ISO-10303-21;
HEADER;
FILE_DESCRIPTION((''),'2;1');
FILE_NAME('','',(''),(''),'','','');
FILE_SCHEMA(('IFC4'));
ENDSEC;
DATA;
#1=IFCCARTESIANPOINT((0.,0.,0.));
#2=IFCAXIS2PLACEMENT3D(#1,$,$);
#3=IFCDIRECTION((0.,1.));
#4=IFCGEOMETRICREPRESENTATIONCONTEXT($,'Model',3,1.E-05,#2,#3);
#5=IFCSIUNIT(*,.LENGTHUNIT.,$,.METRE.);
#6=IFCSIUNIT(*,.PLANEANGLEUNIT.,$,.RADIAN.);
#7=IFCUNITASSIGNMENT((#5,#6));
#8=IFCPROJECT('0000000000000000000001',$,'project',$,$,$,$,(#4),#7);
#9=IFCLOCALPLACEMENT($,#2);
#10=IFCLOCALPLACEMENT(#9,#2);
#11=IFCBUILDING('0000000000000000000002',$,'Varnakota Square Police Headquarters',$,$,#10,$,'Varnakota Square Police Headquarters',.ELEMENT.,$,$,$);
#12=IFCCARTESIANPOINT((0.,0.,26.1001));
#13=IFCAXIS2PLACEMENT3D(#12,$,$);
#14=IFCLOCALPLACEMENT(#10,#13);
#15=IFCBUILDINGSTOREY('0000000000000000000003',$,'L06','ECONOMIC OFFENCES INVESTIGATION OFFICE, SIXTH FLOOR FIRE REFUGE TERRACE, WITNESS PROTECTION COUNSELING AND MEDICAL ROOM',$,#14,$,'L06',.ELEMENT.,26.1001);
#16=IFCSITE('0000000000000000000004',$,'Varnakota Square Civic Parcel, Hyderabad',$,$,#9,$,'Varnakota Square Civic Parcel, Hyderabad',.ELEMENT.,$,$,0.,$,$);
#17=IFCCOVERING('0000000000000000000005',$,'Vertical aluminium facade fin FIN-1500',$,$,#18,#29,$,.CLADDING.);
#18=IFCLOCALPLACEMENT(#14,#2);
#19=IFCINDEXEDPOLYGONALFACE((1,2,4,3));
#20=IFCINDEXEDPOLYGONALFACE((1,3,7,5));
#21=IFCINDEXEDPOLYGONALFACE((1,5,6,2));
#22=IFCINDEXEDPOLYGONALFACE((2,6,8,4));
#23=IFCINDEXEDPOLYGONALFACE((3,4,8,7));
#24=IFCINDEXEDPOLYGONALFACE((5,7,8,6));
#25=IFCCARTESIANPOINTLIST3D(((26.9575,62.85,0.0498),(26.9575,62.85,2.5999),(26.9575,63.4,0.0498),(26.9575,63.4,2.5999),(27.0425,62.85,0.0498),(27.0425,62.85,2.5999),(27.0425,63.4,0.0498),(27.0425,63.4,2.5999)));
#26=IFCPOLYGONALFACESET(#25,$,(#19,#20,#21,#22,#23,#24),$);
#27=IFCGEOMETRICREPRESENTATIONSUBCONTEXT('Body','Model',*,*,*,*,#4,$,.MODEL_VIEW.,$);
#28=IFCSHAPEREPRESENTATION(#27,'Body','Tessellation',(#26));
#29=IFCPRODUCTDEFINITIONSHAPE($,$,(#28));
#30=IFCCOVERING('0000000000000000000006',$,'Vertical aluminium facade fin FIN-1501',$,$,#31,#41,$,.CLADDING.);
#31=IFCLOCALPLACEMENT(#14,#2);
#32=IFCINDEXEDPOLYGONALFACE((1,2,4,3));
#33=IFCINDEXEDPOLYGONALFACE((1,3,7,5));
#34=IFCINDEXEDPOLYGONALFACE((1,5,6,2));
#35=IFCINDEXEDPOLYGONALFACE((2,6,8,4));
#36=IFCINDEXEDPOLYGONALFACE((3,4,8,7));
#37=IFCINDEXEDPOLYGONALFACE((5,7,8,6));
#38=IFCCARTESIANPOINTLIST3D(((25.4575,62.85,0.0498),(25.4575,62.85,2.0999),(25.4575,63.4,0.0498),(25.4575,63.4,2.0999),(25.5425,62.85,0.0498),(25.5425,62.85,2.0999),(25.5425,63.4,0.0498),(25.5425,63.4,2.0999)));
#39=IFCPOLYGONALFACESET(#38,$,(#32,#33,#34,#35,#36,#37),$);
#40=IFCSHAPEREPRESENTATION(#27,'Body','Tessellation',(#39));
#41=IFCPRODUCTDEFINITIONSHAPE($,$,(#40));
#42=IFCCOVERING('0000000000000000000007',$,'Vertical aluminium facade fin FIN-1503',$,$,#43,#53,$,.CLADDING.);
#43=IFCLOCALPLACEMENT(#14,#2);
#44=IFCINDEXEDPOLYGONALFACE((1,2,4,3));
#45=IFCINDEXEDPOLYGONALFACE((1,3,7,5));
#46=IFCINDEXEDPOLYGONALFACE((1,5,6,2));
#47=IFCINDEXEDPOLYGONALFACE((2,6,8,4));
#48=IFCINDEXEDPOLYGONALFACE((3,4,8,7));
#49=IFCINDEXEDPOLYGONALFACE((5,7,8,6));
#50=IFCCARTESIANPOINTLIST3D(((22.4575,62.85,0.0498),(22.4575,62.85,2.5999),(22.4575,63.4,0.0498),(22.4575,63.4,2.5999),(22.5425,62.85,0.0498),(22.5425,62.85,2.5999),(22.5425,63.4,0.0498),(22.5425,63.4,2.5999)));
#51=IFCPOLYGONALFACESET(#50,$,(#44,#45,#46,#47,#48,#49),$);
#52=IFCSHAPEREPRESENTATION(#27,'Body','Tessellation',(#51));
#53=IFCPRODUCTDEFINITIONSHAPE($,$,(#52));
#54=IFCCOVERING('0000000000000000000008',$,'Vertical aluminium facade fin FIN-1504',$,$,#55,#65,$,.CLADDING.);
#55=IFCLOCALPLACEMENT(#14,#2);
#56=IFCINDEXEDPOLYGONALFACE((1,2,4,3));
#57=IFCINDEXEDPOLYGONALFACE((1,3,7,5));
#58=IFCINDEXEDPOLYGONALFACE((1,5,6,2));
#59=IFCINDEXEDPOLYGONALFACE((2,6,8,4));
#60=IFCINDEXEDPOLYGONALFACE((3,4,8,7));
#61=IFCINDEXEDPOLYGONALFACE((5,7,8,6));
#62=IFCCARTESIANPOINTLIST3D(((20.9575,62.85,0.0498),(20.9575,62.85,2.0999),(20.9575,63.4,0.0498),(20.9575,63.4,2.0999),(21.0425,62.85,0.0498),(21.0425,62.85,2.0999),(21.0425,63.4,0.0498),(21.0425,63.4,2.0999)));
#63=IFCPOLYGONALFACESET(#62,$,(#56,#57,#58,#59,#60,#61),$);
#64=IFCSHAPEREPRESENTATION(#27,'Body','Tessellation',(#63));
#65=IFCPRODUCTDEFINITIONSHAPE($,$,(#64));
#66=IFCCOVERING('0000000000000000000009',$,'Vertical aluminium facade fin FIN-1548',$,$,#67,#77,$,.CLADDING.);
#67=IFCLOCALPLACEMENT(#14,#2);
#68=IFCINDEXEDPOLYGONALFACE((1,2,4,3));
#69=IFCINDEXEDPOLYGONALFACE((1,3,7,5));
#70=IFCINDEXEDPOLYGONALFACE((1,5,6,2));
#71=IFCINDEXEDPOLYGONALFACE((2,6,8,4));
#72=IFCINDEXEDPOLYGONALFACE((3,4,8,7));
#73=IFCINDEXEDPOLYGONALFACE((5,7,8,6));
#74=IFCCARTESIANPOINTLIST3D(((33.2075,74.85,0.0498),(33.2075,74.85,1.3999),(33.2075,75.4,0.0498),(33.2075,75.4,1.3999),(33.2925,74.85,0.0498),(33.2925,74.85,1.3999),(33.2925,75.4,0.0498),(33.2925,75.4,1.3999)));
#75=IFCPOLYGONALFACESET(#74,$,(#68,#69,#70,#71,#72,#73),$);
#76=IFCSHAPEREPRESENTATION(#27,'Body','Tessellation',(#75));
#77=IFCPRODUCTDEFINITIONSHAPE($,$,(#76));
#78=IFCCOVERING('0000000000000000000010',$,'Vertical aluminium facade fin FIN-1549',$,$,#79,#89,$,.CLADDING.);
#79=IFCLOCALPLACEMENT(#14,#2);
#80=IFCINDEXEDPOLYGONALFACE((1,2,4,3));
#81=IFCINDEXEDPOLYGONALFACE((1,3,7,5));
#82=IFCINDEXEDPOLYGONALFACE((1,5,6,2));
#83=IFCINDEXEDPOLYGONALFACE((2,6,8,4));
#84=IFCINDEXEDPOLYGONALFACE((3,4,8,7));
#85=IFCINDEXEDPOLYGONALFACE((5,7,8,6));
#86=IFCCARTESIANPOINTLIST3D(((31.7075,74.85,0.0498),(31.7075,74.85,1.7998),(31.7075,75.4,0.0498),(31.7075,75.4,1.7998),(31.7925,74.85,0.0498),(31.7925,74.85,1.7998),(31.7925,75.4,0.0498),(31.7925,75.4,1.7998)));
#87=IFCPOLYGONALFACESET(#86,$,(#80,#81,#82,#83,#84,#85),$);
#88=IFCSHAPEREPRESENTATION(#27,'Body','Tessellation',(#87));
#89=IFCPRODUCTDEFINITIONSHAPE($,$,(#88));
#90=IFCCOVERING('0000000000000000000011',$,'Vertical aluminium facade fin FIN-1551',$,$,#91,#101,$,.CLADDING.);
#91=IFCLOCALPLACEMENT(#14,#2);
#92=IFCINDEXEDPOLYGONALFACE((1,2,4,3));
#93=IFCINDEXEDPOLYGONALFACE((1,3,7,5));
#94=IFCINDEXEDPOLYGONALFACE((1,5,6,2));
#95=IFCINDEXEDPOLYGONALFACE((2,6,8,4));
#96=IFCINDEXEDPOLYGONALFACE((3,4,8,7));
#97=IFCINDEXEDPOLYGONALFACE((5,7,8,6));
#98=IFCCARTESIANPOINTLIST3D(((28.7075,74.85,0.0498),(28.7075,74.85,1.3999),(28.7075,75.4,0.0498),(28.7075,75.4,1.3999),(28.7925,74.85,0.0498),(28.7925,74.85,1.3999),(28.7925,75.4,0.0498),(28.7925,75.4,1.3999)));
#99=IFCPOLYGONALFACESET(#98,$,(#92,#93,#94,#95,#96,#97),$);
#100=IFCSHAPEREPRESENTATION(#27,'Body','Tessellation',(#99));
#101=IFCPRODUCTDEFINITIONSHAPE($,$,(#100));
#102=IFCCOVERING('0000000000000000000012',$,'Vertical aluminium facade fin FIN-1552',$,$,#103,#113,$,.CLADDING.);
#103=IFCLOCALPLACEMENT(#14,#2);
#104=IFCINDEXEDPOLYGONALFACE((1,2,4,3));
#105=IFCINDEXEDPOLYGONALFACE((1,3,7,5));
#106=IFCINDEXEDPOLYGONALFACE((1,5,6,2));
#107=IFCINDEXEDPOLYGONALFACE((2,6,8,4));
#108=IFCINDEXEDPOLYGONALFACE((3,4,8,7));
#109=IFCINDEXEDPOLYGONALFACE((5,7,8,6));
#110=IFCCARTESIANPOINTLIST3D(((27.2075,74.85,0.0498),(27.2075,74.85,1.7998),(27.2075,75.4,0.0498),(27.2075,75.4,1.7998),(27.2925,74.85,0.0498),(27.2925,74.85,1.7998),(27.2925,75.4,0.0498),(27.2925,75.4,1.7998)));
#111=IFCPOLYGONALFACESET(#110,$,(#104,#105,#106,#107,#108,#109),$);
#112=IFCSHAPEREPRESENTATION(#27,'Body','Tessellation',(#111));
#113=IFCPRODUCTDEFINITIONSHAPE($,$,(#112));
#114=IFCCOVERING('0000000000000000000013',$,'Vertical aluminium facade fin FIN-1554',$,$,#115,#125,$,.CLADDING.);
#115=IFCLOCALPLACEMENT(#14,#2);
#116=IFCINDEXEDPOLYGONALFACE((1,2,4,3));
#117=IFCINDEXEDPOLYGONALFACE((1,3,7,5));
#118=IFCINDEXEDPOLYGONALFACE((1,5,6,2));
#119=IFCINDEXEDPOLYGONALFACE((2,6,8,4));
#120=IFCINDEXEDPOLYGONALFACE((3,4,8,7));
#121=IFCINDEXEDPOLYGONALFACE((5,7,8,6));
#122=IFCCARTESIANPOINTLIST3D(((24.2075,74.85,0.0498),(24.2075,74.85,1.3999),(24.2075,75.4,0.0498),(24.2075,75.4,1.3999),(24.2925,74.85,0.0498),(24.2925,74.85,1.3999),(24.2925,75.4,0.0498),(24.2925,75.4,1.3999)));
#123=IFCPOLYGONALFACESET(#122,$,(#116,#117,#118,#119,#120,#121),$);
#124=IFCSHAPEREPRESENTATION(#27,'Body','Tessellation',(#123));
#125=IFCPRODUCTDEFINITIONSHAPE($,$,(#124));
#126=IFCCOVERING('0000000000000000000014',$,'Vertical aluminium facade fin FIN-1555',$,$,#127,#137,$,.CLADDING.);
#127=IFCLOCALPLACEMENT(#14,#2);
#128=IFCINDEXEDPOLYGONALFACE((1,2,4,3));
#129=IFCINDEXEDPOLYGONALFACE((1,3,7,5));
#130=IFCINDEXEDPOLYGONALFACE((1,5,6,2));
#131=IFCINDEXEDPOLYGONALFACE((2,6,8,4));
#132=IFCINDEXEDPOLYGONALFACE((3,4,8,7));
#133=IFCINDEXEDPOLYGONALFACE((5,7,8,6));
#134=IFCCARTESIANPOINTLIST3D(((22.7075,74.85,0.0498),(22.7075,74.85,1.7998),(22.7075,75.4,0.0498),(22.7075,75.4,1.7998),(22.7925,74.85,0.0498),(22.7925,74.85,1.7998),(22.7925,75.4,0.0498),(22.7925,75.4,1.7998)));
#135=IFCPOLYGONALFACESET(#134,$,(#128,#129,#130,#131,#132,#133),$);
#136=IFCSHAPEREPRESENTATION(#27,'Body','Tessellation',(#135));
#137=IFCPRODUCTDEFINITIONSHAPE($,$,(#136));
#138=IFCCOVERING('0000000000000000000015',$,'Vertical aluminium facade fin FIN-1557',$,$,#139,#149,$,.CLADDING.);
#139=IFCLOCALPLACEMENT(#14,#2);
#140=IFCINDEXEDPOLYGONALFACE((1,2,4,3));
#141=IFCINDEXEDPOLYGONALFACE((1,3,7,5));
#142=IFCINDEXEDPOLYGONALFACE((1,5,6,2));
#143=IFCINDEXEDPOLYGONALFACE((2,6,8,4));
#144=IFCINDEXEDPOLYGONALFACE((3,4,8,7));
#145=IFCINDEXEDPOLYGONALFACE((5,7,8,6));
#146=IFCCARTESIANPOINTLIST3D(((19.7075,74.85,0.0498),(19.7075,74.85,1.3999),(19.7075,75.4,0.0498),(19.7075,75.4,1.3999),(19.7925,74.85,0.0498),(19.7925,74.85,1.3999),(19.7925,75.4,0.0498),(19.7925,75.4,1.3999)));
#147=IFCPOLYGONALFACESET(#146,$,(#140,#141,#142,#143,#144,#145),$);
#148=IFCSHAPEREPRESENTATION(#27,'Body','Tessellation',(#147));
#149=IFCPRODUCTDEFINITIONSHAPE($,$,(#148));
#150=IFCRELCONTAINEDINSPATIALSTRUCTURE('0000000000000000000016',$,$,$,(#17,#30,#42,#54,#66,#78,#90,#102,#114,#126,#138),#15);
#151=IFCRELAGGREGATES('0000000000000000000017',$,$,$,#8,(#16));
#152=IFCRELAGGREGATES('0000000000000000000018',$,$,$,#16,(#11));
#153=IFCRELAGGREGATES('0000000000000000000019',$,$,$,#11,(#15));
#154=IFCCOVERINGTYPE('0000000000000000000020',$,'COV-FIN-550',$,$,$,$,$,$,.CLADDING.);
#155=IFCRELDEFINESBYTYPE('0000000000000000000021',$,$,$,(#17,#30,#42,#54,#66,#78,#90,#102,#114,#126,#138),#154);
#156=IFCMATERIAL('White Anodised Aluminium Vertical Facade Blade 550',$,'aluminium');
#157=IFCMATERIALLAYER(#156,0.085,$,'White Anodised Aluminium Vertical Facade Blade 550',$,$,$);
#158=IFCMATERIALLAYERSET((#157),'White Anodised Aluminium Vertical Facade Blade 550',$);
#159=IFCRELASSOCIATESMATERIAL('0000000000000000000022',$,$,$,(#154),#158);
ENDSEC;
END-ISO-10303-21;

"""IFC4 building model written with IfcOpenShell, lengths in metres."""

from ifc_helpers import new_model, si_unit, direction, frame, origin, origin_2d, place, context, subcontext, project, spatial, rectangle, extrude, material, layer, layer_set, type_object, element, save


model = new_model("IFC4")

# Units and contexts
model_context = context("Model", 3, precision=1e-05, world=origin(), true_north=direction((0.0, 1.0)))
body_context = subcontext(model_context, "Body", "Model", "MODEL_VIEW")
ifc_project = project(units=[si_unit("LENGTHUNIT", "METRE"), si_unit("PLANEANGLEUNIT", "RADIAN")], contexts=[model_context])

# Site, building, storey
site_placement = place(None, origin())
site = spatial("IfcSite", under=ifc_project, at=site_placement, Name="Varnakota Square Civic Parcel, Hyderabad", LongName="Varnakota Square Civic Parcel, Hyderabad", CompositionType="ELEMENT", RefElevation=0.0)
building_placement = place(site_placement, origin())
building = spatial("IfcBuilding", under=site, at=building_placement, Name="Varnakota Square Police Headquarters", LongName="Varnakota Square Police Headquarters", CompositionType="ELEMENT")
storey_placement = place(building_placement, frame((0.0, 0.0, 26.1001)))
storey = spatial("IfcBuildingStorey", under=building, at=storey_placement, Name="L06", Description="ECONOMIC OFFENCES INVESTIGATION OFFICE, SIXTH FLOOR FIRE REFUGE TERRACE, WITNESS PROTECTION COUNSELING AND MEDICAL ROOM", LongName="L06", CompositionType="ELEMENT", Elevation=26.1001)

# Coverings
ifc_material_1 = material(Name="White Anodised Aluminium Vertical Facade Blade 550", Category="aluminium")
ifc_layer_1 = layer(ifc_material_1, 0.085, Name="White Anodised Aluminium Vertical Facade Blade 550")
ifc_layer_set_1 = layer_set([ifc_layer_1], Name="White Anodised Aluminium Vertical Facade Blade 550")
covering_type_1 = type_object("IfcCoveringType", Name="COV-FIN-550", PredefinedType="CLADDING", material=ifc_layer_set_1)
covering_1_placement = place(storey_placement, frame((27.0, 63.125, 0.0498), z_axis=(0.0, 0.0, 1.0), x_axis=(-1.0, 0.0, 0.0)))
element("IfcCovering", 1, at=covering_1_placement, inside=storey, type_object=covering_type_1, Name="Vertical aluminium facade fin FIN-1500", PredefinedType="CLADDING", context=body_context, shape_type="SweptSolid", body=[
    extrude(rectangle(XDim=0.085, YDim=0.55, at=origin_2d()), origin(), (0.0, 0.0, 1.0), 2.55),
])
covering_2_placement = place(storey_placement, frame((25.5, 63.125, 0.0498), z_axis=(0.0, 0.0, 1.0), x_axis=(-1.0, 0.0, 0.0)))
element("IfcCovering", 2, at=covering_2_placement, inside=storey, type_object=covering_type_1, Name="Vertical aluminium facade fin FIN-1501", PredefinedType="CLADDING", context=body_context, shape_type="SweptSolid", body=[
    extrude(rectangle(XDim=0.085, YDim=0.55, at=origin_2d()), origin(), (0.0, 0.0, 1.0), 2.05),
])
covering_3_placement = place(storey_placement, frame((22.5, 63.125, 0.0498), z_axis=(0.0, 0.0, 1.0), x_axis=(-1.0, 0.0, 0.0)))
element("IfcCovering", 3, at=covering_3_placement, inside=storey, type_object=covering_type_1, Name="Vertical aluminium facade fin FIN-1503", PredefinedType="CLADDING", context=body_context, shape_type="SweptSolid", body=[
    extrude(rectangle(XDim=0.085, YDim=0.55, at=origin_2d()), origin(), (0.0, 0.0, 1.0), 2.55),
])
covering_4_placement = place(storey_placement, frame((21.0, 63.125, 0.0498), z_axis=(0.0, 0.0, 1.0), x_axis=(-1.0, 0.0, 0.0)))
element("IfcCovering", 4, at=covering_4_placement, inside=storey, type_object=covering_type_1, Name="Vertical aluminium facade fin FIN-1504", PredefinedType="CLADDING", context=body_context, shape_type="SweptSolid", body=[
    extrude(rectangle(XDim=0.085, YDim=0.55, at=origin_2d()), origin(), (0.0, 0.0, 1.0), 2.05),
])
covering_5_placement = place(storey_placement, frame((33.25, 75.125, 0.0498), z_axis=(0.0, 0.0, 1.0), x_axis=(-1.0, 0.0, 0.0)))
element("IfcCovering", 5, at=covering_5_placement, inside=storey, type_object=covering_type_1, Name="Vertical aluminium facade fin FIN-1548", PredefinedType="CLADDING", context=body_context, shape_type="SweptSolid", body=[
    extrude(rectangle(XDim=0.085, YDim=0.55, at=origin_2d()), origin(), (0.0, 0.0, 1.0), 1.3501),
])
covering_6_placement = place(storey_placement, frame((31.75, 75.125, 0.0498), z_axis=(0.0, 0.0, 1.0), x_axis=(-1.0, 0.0, 0.0)))
element("IfcCovering", 6, at=covering_6_placement, inside=storey, type_object=covering_type_1, Name="Vertical aluminium facade fin FIN-1549", PredefinedType="CLADDING", context=body_context, shape_type="SweptSolid", body=[
    extrude(rectangle(XDim=0.085, YDim=0.55, at=origin_2d()), origin(), (0.0, 0.0, 1.0), 1.75),
])
covering_7_placement = place(storey_placement, frame((28.75, 75.125, 0.0498), z_axis=(0.0, 0.0, 1.0), x_axis=(-1.0, 0.0, 0.0)))
element("IfcCovering", 7, at=covering_7_placement, inside=storey, type_object=covering_type_1, Name="Vertical aluminium facade fin FIN-1551", PredefinedType="CLADDING", context=body_context, shape_type="SweptSolid", body=[
    extrude(rectangle(XDim=0.085, YDim=0.55, at=origin_2d()), origin(), (0.0, 0.0, 1.0), 1.3501),
])
covering_8_placement = place(storey_placement, frame((27.25, 75.125, 0.0498), z_axis=(0.0, 0.0, 1.0), x_axis=(-1.0, 0.0, 0.0)))
element("IfcCovering", 8, at=covering_8_placement, inside=storey, type_object=covering_type_1, Name="Vertical aluminium facade fin FIN-1552", PredefinedType="CLADDING", context=body_context, shape_type="SweptSolid", body=[
    extrude(rectangle(XDim=0.085, YDim=0.55, at=origin_2d()), origin(), (0.0, 0.0, 1.0), 1.75),
])
covering_9_placement = place(storey_placement, frame((24.25, 75.125, 0.0498), z_axis=(0.0, 0.0, 1.0), x_axis=(-1.0, 0.0, 0.0)))
element("IfcCovering", 9, at=covering_9_placement, inside=storey, type_object=covering_type_1, Name="Vertical aluminium facade fin FIN-1554", PredefinedType="CLADDING", context=body_context, shape_type="SweptSolid", body=[
    extrude(rectangle(XDim=0.085, YDim=0.55, at=origin_2d()), origin(), (0.0, 0.0, 1.0), 1.3501),
])
covering_10_placement = place(storey_placement, frame((22.75, 75.125, 0.0498), z_axis=(0.0, 0.0, 1.0), x_axis=(-1.0, 0.0, 0.0)))
element("IfcCovering", 10, at=covering_10_placement, inside=storey, type_object=covering_type_1, Name="Vertical aluminium facade fin FIN-1555", PredefinedType="CLADDING", context=body_context, shape_type="SweptSolid", body=[
    extrude(rectangle(XDim=0.085, YDim=0.55, at=origin_2d()), origin(), (0.0, 0.0, 1.0), 1.75),
])
covering_11_placement = place(storey_placement, frame((19.75, 75.125, 0.0498), z_axis=(0.0, 0.0, 1.0), x_axis=(-1.0, 0.0, 0.0)))
element("IfcCovering", 11, at=covering_11_placement, inside=storey, type_object=covering_type_1, Name="Vertical aluminium facade fin FIN-1557", PredefinedType="CLADDING", context=body_context, shape_type="SweptSolid", body=[
    extrude(rectangle(XDim=0.085, YDim=0.55, at=origin_2d()), origin(), (0.0, 0.0, 1.0), 1.3501),
])

save(model, "model.ifc")
